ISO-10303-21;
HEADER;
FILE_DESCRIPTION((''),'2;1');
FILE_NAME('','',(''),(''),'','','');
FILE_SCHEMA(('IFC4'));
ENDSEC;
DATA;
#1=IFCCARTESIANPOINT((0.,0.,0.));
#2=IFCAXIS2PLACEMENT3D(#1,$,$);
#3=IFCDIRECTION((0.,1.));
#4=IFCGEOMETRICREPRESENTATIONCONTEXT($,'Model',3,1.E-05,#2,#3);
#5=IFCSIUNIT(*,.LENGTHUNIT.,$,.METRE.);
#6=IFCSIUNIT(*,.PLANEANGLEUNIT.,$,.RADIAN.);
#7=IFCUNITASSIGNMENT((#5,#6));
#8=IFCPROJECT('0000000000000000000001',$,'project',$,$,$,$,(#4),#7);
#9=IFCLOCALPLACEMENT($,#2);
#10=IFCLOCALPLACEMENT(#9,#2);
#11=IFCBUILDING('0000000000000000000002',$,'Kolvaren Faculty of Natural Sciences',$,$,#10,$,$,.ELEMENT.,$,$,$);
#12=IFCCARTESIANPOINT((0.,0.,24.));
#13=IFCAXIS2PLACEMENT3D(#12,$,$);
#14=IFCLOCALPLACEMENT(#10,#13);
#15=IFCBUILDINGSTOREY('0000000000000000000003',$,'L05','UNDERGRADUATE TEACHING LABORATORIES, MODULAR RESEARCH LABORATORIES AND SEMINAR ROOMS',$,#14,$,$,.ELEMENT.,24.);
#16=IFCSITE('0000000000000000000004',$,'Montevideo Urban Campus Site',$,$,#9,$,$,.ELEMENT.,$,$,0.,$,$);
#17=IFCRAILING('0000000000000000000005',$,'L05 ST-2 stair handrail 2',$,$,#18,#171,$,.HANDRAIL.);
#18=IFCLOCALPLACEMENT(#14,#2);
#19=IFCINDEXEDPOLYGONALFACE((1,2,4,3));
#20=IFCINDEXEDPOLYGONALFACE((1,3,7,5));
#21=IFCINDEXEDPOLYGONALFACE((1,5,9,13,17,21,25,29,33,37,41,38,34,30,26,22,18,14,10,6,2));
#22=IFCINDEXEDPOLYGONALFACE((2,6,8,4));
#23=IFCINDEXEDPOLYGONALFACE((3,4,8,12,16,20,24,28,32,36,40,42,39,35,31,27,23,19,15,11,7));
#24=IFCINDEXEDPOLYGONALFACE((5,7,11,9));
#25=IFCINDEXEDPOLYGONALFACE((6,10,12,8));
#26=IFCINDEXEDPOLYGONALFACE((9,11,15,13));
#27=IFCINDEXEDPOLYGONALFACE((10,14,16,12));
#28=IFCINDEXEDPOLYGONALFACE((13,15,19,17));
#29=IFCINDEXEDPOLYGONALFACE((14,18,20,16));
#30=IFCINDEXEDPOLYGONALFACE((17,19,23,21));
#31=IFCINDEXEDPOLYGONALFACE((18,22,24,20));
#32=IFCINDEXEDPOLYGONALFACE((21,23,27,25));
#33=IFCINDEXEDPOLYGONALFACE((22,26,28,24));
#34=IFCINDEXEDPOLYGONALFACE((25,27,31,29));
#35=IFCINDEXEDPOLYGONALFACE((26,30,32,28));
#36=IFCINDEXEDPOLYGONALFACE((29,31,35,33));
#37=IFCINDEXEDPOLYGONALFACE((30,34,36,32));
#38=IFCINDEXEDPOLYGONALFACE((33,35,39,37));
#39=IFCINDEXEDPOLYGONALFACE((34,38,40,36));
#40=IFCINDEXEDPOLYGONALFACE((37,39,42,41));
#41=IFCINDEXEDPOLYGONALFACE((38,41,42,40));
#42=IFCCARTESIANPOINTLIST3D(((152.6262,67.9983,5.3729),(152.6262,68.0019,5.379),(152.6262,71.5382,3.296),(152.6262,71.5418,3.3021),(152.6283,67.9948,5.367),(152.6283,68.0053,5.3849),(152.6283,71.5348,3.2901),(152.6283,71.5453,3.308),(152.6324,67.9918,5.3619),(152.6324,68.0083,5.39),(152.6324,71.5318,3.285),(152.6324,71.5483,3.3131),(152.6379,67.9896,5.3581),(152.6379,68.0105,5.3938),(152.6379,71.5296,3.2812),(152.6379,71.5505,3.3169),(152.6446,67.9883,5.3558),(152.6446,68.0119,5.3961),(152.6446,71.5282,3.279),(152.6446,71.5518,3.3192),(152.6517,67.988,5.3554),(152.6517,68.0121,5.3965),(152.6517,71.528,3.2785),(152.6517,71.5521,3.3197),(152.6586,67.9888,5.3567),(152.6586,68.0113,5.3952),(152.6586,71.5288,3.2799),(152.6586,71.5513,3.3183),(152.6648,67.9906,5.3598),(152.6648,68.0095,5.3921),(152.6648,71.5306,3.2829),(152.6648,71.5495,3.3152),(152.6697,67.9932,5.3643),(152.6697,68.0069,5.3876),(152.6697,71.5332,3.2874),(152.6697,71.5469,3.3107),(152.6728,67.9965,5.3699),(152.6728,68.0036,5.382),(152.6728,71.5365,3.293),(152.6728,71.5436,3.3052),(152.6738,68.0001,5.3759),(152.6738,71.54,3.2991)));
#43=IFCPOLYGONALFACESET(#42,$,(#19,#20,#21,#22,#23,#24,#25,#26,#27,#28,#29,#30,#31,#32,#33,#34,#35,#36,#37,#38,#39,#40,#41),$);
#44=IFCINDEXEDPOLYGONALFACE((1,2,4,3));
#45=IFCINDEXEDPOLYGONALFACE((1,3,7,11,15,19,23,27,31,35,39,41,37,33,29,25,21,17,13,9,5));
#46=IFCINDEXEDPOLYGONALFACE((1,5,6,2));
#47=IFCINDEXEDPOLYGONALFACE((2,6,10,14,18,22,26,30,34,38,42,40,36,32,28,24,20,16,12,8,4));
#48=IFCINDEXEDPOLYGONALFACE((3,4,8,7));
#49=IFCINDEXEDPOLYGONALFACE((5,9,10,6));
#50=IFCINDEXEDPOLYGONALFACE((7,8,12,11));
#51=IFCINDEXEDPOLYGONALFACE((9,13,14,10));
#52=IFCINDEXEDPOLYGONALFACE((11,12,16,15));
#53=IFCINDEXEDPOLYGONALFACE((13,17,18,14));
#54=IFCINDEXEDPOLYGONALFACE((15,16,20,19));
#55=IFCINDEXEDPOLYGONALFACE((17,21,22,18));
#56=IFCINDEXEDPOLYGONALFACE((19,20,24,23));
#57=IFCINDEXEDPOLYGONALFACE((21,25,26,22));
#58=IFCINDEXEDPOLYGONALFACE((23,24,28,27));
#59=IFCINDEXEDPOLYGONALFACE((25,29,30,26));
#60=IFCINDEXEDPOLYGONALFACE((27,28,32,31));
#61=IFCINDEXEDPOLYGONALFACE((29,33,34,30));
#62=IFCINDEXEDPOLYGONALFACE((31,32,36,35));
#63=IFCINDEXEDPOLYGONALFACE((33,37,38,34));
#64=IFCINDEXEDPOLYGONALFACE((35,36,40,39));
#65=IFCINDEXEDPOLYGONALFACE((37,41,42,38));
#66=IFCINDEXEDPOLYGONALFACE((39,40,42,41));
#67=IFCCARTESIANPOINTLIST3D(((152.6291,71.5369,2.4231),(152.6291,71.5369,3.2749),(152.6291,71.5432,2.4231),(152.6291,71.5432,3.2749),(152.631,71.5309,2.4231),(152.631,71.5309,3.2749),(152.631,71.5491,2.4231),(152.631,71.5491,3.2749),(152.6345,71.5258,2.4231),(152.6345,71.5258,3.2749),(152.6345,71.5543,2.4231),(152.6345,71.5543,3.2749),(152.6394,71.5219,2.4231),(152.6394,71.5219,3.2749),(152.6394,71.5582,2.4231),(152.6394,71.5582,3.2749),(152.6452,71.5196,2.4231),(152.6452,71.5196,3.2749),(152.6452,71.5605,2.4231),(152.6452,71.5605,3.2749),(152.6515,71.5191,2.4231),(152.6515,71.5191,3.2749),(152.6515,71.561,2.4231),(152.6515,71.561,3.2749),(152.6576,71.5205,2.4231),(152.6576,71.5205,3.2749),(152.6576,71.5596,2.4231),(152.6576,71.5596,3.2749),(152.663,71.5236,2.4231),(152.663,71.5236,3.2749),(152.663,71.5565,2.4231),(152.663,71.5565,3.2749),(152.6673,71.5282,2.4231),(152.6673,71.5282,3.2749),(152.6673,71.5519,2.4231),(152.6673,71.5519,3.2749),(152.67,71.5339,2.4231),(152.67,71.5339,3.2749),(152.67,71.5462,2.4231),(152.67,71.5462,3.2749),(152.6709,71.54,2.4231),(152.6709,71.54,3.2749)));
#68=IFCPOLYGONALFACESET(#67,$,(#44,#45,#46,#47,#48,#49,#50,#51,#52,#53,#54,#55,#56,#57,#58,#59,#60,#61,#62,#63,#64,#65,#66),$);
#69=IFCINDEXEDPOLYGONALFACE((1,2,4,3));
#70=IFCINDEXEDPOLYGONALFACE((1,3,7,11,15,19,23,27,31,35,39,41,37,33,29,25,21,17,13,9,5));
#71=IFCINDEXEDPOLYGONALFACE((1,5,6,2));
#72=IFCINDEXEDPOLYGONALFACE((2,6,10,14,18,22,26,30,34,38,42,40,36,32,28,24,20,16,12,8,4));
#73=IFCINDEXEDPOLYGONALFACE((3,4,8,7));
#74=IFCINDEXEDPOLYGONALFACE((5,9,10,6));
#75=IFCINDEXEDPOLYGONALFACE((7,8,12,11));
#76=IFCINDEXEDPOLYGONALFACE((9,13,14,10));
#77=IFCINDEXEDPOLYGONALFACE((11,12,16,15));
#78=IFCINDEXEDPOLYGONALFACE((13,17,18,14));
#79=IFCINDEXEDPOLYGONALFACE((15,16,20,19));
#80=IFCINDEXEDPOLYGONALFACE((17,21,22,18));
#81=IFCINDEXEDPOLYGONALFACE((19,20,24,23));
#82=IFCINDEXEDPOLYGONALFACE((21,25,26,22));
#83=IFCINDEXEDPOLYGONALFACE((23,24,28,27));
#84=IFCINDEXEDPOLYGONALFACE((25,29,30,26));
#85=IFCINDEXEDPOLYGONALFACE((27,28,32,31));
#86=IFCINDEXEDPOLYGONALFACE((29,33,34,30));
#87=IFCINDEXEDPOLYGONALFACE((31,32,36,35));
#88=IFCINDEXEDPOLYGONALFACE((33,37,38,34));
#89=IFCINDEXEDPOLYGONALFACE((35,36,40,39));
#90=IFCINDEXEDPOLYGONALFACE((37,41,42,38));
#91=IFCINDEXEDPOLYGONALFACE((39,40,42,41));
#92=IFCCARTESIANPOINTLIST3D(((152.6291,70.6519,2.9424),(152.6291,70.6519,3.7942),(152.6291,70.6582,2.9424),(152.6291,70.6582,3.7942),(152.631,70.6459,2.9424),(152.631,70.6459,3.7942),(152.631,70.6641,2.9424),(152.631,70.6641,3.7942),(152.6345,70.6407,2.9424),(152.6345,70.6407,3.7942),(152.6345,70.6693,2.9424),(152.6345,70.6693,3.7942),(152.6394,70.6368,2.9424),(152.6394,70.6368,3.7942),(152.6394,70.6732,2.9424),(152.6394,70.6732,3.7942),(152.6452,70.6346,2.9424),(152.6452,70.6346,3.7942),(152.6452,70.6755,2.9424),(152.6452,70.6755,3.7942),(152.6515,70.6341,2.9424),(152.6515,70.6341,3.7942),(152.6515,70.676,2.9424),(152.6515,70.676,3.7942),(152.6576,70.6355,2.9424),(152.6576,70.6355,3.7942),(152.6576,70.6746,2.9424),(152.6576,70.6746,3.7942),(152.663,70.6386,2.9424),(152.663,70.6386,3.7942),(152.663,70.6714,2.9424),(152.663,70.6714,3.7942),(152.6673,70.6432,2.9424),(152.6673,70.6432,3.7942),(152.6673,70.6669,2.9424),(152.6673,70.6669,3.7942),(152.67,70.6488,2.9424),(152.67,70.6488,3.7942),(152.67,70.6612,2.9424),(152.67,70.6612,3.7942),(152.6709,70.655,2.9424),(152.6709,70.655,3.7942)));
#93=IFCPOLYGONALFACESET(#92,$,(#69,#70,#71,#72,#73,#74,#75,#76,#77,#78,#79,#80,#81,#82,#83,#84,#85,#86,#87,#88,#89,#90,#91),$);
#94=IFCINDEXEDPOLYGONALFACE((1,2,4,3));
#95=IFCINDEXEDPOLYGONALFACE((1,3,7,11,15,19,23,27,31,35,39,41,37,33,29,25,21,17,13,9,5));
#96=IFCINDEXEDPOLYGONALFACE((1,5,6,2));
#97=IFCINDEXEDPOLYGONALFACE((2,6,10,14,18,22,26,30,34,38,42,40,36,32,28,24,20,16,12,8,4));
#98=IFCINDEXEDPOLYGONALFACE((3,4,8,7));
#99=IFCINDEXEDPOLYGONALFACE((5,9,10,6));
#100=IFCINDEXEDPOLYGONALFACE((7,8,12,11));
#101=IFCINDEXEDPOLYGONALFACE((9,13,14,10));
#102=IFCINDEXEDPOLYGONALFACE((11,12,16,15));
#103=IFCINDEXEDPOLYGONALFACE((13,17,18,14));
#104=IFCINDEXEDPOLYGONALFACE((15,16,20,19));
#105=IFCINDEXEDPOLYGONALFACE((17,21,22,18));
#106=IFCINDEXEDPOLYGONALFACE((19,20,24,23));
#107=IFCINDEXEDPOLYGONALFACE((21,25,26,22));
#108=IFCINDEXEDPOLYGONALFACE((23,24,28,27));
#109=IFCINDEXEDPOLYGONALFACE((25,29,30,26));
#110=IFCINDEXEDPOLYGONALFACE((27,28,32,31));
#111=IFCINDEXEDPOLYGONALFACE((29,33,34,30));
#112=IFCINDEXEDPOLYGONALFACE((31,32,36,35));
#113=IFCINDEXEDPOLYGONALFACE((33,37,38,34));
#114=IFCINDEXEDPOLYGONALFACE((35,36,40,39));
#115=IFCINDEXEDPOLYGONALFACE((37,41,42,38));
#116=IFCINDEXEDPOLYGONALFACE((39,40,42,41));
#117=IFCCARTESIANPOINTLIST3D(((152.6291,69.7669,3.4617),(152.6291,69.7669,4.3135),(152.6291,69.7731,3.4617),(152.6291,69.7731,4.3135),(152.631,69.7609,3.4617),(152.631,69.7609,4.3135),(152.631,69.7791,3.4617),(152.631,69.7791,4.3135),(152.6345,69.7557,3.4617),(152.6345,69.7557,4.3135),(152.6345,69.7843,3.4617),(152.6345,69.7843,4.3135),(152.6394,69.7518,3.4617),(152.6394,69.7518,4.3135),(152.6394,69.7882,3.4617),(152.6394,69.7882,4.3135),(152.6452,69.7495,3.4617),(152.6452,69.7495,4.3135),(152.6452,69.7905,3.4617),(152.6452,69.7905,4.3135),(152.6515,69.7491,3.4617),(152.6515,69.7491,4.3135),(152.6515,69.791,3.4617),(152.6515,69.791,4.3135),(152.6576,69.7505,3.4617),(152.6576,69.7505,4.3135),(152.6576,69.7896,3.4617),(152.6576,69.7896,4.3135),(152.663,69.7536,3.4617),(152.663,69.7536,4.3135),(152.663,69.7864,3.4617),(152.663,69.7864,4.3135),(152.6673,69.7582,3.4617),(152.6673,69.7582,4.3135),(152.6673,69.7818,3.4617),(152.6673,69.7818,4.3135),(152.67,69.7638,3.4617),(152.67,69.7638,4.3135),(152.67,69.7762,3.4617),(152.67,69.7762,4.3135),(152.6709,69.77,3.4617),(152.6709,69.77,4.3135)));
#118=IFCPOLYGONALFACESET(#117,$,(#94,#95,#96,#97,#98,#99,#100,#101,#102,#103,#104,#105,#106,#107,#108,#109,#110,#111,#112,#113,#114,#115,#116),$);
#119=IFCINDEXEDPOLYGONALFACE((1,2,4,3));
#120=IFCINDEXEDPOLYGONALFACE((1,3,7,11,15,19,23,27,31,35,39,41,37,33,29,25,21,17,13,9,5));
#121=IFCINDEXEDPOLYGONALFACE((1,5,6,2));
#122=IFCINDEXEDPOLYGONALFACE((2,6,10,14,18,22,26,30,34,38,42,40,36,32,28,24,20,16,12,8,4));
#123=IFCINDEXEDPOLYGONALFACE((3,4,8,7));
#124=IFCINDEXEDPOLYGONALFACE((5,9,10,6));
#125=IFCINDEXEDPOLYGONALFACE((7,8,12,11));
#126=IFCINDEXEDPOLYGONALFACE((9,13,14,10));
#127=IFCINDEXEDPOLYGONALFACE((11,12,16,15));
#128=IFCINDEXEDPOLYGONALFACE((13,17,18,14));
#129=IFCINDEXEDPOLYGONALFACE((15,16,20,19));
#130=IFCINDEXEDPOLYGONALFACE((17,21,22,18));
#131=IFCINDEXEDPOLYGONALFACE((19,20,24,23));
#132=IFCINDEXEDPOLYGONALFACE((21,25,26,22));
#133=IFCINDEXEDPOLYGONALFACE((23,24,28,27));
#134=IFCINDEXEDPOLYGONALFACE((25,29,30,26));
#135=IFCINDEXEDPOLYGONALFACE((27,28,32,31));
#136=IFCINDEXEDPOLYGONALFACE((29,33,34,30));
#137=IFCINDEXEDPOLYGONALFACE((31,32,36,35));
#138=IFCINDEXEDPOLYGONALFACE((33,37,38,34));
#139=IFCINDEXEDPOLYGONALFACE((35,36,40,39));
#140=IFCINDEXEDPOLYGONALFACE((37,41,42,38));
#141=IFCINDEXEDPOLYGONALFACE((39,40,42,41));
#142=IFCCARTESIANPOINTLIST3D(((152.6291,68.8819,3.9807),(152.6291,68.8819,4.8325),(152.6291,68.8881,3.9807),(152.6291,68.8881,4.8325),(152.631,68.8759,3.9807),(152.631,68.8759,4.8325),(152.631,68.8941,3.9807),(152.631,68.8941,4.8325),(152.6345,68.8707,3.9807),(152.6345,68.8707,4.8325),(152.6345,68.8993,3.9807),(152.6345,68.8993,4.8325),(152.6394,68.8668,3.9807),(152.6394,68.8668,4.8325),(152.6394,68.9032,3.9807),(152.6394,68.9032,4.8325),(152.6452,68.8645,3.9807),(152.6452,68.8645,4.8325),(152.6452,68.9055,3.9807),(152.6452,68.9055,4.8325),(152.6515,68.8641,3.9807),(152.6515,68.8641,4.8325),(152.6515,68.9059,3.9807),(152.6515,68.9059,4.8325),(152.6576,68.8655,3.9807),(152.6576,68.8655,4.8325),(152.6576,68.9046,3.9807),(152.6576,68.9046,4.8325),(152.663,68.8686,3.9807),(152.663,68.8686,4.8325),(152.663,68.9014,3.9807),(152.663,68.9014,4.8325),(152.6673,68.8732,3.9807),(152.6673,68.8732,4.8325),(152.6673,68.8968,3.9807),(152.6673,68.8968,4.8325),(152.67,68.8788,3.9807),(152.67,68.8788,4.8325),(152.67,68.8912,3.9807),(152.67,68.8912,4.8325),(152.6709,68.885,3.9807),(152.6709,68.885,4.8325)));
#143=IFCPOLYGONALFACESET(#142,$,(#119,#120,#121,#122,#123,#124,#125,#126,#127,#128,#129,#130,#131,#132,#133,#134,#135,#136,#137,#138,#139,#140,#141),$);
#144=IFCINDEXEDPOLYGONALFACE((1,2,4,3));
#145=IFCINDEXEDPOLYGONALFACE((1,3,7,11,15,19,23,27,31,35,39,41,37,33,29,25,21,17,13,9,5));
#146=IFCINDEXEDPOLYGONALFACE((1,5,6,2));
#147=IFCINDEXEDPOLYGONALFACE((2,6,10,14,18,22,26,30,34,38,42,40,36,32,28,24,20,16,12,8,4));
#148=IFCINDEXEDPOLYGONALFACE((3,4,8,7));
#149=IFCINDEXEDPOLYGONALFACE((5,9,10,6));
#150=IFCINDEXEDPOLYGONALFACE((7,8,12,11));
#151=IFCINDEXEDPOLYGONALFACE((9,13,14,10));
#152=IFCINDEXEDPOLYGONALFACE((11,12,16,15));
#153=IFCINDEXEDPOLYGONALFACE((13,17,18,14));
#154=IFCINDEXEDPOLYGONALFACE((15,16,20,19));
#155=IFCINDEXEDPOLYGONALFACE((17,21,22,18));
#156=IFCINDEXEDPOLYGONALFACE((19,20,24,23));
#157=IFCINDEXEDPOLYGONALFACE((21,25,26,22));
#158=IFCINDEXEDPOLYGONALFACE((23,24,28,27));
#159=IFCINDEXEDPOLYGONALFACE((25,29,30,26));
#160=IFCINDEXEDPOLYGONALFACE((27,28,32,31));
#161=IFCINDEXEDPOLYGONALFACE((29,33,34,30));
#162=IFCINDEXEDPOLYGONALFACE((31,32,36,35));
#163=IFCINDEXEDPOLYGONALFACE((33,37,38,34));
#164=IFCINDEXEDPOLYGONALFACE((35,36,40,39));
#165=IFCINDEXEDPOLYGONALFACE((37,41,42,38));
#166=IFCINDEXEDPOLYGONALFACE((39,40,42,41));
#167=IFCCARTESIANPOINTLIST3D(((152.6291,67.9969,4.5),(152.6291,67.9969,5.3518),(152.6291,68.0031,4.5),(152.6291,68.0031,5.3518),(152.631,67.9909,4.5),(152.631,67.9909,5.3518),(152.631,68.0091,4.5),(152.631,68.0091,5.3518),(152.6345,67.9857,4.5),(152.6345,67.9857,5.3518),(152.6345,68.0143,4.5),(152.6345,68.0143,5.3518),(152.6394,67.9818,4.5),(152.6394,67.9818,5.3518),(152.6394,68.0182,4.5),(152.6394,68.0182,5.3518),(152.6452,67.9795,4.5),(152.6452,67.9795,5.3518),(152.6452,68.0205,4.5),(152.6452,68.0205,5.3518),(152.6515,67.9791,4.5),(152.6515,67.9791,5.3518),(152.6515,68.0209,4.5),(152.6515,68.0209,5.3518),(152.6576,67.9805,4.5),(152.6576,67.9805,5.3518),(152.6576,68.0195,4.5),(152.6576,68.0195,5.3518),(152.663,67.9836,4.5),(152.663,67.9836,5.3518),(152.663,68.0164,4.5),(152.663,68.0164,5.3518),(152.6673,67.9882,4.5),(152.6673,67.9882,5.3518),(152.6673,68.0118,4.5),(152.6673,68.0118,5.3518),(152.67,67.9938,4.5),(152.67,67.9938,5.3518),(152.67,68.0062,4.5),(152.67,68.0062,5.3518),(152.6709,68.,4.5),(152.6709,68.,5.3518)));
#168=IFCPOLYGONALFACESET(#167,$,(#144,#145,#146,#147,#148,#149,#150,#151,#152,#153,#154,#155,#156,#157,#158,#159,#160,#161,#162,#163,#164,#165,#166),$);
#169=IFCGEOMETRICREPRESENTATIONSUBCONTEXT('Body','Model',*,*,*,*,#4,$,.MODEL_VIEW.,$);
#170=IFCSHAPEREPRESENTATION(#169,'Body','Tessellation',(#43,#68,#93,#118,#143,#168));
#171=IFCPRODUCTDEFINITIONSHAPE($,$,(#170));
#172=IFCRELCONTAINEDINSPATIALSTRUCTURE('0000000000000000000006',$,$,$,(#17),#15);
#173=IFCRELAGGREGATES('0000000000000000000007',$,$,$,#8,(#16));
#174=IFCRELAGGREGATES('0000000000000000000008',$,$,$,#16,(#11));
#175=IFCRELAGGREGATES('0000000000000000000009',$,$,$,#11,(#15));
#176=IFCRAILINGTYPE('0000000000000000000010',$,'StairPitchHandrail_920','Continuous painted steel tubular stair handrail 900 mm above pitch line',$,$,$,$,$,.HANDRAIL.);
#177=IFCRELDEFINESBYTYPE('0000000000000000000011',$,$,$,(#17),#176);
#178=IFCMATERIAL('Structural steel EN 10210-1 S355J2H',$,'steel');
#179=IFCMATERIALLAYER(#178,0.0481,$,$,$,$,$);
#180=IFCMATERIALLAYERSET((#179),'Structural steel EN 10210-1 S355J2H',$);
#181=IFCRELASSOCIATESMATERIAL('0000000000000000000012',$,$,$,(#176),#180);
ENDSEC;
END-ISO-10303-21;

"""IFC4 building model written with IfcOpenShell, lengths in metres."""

from ifc_helpers import new_model, si_unit, direction, frame, origin, origin_2d, place, context, subcontext, project, spatial, circle, extrude, material, layer, layer_set, type_object, element, save


model = new_model("IFC4")

# Units and contexts
model_context = context("Model", 3, precision=1e-05, world=origin(), true_north=direction((0.0, 1.0)))
body_context = subcontext(model_context, "Body", "Model", "MODEL_VIEW")
ifc_project = project(units=[si_unit("LENGTHUNIT", "METRE"), si_unit("PLANEANGLEUNIT", "RADIAN")], contexts=[model_context])

# Site, building, storey
site_placement = place(None, origin())
site = spatial("IfcSite", under=ifc_project, at=site_placement, Name="Montevideo Urban Campus Site", CompositionType="ELEMENT", RefElevation=0.0)
building_placement = place(site_placement, origin())
building = spatial("IfcBuilding", under=site, at=building_placement, Name="Kolvaren Faculty of Natural Sciences", CompositionType="ELEMENT")
storey_placement = place(building_placement, frame((0.0, 0.0, 24.0)))
storey = spatial("IfcBuildingStorey", under=building, at=storey_placement, Name="L05", Description="UNDERGRADUATE TEACHING LABORATORIES, MODULAR RESEARCH LABORATORIES AND SEMINAR ROOMS", CompositionType="ELEMENT", Elevation=24.0)

# Railing
ifc_material_1 = material(Name="Structural steel EN 10210-1 S355J2H", Category="steel")
ifc_layer_1 = layer(ifc_material_1, 0.0481)
ifc_layer_set_1 = layer_set([ifc_layer_1], Name="Structural steel EN 10210-1 S355J2H")
railing_type_1 = type_object("IfcRailingType", Name="StairPitchHandrail_920", Description="Continuous painted steel tubular stair handrail 900 mm above pitch line", PredefinedType="HANDRAIL", material=ifc_layer_set_1)
railing_1_placement = place(storey_placement, frame((152.6499, 71.54, 2.4231)))
element("IfcRailing", 1, at=railing_1_placement, inside=storey, type_object=railing_type_1, Name="L05 ST-2 stair handrail 2", PredefinedType="HANDRAIL", context=body_context, shape_type="SweptSolid", body=[
    extrude(circle(Radius=0.0239, at=origin_2d()), frame((0.0, 0.0, 0.876), z_axis=(0.0, -0.862516, 0.506029), x_axis=(1.0, 0.0, 0.0)), (0.0, 0.0, 1.0), 4.1042),
    extrude(circle(Radius=0.021, at=origin_2d()), origin(), (0.0, 0.0, 1.0), 0.8518),
    extrude(circle(Radius=0.021, at=origin_2d()), frame((0.0, -0.885, 0.5193)), (0.0, 0.0, 1.0), 0.8518),
    extrude(circle(Radius=0.021, at=origin_2d()), frame((0.0, -1.77, 1.0386)), (0.0, 0.0, 1.0), 0.8518),
    extrude(circle(Radius=0.021, at=origin_2d()), frame((0.0, -2.655, 1.5576)), (0.0, 0.0, 1.0), 0.8518),
    extrude(circle(Radius=0.021, at=origin_2d()), frame((0.0, -3.54, 2.0769)), (0.0, 0.0, 1.0), 0.8518),
])

save(model, "model.ifc")
